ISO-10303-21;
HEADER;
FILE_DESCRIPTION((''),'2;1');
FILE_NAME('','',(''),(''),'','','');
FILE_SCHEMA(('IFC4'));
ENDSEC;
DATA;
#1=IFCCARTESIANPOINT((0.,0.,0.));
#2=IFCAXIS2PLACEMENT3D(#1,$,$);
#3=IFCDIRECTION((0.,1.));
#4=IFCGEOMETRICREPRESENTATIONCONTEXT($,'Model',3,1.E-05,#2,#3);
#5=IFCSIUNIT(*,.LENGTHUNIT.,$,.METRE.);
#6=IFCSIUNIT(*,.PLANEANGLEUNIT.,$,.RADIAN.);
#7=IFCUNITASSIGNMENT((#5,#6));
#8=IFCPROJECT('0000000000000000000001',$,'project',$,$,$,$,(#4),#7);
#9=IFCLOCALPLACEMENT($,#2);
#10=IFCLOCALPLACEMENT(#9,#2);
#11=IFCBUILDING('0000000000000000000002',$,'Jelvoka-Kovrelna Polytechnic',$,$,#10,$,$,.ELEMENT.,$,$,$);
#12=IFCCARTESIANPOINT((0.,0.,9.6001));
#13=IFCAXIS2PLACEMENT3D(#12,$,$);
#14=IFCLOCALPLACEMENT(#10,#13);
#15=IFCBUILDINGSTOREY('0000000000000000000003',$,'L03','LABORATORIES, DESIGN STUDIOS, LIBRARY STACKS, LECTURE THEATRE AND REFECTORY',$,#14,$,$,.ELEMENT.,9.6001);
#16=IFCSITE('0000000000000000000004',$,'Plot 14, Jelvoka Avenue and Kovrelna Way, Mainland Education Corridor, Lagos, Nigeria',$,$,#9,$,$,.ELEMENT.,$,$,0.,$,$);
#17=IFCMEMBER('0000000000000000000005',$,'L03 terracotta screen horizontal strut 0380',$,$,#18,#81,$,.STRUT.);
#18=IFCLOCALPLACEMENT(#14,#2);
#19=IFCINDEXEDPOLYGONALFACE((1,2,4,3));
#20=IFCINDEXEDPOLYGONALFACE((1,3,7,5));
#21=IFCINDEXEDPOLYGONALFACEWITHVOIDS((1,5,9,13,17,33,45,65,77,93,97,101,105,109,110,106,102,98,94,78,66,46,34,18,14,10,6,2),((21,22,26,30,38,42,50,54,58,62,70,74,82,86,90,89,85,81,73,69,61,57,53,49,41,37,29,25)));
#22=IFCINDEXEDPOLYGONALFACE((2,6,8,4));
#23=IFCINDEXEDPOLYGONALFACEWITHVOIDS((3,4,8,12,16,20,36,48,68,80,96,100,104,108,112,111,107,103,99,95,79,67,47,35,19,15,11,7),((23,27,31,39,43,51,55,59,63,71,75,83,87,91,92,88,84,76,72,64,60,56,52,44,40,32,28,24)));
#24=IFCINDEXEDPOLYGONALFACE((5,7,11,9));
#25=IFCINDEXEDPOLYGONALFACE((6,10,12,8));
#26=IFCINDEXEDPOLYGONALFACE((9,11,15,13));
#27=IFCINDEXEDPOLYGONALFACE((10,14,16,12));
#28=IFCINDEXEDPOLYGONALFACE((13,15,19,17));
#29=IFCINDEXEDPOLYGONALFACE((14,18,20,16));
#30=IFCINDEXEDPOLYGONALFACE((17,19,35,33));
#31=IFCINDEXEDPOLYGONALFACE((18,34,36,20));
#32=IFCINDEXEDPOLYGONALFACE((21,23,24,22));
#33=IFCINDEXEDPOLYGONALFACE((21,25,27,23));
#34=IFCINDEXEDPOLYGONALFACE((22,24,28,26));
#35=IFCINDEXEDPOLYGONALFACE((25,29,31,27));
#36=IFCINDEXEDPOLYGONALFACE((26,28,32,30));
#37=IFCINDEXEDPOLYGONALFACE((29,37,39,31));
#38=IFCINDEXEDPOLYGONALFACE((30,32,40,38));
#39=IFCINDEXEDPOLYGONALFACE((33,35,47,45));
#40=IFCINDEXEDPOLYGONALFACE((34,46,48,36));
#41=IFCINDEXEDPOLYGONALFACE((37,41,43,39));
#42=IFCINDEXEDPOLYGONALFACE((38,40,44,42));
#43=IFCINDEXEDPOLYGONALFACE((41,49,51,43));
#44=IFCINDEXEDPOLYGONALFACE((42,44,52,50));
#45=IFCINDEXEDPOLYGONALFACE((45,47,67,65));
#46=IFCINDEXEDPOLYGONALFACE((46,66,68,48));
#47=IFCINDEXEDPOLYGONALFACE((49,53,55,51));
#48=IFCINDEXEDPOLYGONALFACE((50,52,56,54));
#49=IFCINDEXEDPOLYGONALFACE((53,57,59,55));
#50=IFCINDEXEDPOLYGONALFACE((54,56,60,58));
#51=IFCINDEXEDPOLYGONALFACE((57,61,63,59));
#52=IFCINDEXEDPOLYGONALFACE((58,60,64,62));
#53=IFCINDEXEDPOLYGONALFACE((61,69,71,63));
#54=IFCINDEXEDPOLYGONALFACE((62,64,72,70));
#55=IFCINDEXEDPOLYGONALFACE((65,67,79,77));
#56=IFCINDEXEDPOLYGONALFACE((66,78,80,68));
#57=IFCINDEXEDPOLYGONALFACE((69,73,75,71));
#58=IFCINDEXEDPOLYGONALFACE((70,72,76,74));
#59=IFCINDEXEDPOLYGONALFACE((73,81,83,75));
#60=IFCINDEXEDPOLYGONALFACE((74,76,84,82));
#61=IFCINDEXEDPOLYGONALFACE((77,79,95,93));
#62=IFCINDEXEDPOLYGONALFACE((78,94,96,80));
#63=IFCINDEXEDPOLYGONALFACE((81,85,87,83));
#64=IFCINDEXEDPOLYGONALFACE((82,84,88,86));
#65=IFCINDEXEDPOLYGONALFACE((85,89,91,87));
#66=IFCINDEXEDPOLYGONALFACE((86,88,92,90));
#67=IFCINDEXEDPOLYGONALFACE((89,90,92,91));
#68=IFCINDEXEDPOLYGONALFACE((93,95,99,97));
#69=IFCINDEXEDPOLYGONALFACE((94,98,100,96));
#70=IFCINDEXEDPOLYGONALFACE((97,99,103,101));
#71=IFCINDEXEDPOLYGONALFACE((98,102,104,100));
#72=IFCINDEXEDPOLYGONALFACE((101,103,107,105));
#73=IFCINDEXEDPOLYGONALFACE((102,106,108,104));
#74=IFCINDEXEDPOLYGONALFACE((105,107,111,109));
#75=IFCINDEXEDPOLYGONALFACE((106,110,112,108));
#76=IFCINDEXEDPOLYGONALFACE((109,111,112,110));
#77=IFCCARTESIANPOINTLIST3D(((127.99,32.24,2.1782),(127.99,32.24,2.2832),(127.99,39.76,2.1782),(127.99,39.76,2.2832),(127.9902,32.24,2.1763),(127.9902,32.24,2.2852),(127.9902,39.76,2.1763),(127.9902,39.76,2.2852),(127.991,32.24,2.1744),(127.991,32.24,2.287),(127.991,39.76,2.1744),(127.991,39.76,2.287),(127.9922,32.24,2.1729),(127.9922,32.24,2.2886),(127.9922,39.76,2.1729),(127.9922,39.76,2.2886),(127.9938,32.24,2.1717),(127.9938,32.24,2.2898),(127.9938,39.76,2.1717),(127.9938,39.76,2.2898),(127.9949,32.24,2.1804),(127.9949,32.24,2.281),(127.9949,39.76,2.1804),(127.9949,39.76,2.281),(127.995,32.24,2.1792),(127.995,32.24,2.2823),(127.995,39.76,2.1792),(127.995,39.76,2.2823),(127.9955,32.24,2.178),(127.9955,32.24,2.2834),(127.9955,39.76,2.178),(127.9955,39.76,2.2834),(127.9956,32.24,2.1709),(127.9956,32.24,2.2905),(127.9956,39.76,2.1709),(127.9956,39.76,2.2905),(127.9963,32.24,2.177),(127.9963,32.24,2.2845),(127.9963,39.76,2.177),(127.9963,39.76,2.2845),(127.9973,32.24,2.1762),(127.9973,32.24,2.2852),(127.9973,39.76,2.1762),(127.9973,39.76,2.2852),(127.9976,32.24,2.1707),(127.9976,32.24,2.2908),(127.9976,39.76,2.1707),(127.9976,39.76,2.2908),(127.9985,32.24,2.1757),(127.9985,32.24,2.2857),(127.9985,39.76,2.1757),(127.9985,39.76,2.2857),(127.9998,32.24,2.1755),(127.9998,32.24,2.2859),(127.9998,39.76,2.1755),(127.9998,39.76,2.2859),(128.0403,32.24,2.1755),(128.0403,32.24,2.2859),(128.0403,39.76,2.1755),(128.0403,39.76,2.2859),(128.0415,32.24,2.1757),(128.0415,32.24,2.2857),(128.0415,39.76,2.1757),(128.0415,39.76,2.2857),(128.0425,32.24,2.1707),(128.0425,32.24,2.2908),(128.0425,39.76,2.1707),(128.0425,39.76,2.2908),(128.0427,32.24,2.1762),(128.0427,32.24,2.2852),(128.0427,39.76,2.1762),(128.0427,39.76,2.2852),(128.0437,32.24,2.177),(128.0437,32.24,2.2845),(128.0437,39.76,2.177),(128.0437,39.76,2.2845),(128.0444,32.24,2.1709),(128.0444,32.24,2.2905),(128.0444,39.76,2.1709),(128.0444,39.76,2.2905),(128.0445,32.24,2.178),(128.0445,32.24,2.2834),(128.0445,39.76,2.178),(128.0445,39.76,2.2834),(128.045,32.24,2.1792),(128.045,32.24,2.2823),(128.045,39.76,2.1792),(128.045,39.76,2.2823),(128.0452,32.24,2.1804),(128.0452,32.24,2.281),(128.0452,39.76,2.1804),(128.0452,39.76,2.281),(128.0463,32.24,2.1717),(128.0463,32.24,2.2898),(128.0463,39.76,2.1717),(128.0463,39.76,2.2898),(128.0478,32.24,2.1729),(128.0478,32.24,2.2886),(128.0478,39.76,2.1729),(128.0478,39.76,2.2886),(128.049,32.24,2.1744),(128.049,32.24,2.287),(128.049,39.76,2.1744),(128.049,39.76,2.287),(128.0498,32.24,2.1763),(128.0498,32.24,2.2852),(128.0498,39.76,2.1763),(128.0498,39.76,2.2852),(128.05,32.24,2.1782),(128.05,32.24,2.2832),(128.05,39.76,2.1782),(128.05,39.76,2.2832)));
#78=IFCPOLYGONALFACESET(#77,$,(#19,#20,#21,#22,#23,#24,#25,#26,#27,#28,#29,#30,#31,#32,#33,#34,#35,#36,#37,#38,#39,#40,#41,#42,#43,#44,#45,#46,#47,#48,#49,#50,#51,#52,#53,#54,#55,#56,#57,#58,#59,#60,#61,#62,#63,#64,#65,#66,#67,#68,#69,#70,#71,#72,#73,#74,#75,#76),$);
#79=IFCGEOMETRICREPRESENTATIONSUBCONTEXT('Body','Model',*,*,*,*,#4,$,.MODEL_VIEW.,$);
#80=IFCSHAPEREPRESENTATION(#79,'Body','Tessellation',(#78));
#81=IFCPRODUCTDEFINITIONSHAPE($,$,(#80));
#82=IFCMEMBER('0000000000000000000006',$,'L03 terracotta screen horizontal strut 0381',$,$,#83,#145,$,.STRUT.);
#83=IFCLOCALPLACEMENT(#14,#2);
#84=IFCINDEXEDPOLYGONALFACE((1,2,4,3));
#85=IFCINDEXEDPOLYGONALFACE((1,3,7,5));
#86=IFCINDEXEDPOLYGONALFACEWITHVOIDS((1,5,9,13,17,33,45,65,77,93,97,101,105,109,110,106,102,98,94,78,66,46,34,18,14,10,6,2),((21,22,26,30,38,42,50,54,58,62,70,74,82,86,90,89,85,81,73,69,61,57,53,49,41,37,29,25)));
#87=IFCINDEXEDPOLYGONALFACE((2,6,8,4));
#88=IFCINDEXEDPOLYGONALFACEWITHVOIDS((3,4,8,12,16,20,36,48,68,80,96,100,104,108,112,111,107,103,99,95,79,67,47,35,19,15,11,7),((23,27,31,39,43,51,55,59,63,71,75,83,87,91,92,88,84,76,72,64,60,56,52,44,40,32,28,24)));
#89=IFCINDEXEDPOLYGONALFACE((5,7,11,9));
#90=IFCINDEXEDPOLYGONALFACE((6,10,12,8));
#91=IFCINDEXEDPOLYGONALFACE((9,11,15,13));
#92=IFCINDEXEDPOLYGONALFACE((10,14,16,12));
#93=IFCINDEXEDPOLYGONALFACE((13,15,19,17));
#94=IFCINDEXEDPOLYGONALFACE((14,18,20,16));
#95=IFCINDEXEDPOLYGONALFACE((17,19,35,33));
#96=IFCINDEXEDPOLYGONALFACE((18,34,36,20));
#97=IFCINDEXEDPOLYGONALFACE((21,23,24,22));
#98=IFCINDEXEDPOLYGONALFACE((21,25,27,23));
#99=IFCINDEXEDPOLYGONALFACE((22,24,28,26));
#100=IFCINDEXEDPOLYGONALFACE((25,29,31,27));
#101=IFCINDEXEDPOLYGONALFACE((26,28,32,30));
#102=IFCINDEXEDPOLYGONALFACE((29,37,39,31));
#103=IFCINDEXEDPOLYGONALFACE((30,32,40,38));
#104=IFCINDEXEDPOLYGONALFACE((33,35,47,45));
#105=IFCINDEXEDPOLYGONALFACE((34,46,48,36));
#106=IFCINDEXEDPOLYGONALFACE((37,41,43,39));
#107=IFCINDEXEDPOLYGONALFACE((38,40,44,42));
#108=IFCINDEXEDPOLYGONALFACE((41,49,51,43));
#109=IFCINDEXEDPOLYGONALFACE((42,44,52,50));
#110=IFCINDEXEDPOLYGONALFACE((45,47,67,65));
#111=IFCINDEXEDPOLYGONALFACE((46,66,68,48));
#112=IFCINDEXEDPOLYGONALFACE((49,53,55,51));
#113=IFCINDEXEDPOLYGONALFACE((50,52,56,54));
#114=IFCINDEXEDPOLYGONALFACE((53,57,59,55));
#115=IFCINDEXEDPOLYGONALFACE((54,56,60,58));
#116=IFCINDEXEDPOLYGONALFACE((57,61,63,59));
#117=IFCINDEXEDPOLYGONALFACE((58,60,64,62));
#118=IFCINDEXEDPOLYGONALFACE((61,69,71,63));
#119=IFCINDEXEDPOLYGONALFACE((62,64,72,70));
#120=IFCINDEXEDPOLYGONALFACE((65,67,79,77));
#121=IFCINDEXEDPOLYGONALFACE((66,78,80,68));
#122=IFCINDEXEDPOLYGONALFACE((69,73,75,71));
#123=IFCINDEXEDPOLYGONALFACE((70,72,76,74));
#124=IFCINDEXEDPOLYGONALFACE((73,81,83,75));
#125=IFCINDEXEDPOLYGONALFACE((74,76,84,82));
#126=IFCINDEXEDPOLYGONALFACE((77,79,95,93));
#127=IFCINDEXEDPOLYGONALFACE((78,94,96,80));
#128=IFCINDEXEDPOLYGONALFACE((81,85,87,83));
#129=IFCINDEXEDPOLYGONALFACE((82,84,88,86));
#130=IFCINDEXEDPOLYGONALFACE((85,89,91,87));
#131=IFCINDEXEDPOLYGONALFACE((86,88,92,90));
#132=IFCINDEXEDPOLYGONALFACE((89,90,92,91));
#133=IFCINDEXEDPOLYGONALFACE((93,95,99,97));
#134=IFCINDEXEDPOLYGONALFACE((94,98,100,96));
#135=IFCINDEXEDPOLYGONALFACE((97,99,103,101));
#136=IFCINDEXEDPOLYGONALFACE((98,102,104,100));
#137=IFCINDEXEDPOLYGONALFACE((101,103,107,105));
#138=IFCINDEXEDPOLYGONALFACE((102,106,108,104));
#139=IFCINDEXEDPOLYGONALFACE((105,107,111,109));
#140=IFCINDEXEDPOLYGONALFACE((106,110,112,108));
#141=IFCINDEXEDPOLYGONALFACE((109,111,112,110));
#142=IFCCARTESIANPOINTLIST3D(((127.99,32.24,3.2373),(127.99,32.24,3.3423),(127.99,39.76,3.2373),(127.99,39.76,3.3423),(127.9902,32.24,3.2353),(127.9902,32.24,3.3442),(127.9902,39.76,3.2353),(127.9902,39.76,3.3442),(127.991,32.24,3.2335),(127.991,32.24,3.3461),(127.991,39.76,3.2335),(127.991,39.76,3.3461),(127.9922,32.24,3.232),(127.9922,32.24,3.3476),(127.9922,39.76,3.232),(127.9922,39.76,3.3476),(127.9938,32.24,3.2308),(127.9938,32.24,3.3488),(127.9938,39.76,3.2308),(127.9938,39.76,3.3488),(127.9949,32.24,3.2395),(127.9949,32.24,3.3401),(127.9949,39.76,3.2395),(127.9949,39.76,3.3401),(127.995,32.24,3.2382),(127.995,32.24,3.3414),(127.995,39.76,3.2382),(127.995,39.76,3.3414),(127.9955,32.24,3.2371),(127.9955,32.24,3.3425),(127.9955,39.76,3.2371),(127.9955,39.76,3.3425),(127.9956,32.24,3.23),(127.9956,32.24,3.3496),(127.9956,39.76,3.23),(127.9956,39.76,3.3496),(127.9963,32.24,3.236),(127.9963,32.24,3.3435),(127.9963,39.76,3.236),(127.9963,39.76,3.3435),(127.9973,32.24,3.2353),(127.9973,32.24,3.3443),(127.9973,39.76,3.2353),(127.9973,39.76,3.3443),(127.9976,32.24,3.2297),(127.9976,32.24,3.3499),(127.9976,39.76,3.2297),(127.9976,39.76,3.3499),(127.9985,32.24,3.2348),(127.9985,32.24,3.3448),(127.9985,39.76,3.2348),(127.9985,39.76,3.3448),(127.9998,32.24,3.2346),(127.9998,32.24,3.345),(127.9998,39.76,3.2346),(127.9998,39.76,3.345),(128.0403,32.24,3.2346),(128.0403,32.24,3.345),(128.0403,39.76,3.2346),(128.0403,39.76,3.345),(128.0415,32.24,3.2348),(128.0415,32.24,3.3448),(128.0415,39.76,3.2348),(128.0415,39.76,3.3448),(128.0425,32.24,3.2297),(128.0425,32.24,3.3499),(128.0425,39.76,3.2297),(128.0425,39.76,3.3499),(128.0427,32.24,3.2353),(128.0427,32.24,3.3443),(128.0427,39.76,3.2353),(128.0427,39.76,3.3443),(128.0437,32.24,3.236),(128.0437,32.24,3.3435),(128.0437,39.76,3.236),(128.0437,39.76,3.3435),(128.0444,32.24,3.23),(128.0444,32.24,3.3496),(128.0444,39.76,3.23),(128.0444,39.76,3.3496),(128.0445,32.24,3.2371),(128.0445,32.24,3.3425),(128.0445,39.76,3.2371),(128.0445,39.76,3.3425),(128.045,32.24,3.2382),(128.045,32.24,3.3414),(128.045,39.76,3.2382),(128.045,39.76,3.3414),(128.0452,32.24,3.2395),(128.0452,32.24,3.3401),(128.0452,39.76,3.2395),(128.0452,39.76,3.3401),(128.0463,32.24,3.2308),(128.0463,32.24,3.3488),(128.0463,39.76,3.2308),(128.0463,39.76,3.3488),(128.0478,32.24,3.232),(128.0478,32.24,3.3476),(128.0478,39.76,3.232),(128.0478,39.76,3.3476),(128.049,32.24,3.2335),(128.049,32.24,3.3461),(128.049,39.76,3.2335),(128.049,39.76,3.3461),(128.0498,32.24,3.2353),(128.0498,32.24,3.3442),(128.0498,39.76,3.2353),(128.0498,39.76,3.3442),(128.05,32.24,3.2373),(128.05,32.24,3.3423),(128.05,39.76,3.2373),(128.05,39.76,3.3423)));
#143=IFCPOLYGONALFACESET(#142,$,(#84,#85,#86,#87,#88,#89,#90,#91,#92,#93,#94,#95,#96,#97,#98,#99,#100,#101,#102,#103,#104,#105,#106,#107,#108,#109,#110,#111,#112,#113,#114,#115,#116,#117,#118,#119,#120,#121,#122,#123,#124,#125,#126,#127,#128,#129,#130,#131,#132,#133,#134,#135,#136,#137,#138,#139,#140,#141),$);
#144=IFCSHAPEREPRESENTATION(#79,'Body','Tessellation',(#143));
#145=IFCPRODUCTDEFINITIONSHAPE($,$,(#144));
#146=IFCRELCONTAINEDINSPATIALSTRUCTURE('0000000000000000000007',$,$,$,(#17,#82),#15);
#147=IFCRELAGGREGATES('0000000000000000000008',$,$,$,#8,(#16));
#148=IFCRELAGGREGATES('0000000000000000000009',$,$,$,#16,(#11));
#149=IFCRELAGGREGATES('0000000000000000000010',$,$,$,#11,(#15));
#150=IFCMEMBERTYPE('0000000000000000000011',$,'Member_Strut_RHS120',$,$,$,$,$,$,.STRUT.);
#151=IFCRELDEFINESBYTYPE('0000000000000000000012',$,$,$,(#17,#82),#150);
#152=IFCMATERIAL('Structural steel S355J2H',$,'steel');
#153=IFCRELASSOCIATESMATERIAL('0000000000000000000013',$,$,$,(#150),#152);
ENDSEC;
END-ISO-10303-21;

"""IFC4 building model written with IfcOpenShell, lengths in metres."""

from ifc_helpers import new_model, si_unit, direction, frame, origin, origin_2d, place, context, subcontext, project, spatial, hollow_rectangle, extrude, material, material_profile, profile_set, type_object, element, save


model = new_model("IFC4")

# Units and contexts
model_context = context("Model", 3, precision=1e-05, world=origin(), true_north=direction((0.0, 1.0)))
body_context = subcontext(model_context, "Body", "Model", "MODEL_VIEW")
ifc_project = project(units=[si_unit("LENGTHUNIT", "METRE"), si_unit("PLANEANGLEUNIT", "RADIAN")], contexts=[model_context])

# Site, building, storey
site_placement = place(None, origin())
site = spatial("IfcSite", under=ifc_project, at=site_placement, Name="Plot 14, Jelvoka Avenue and Kovrelna Way, Mainland Education Corridor, Lagos, Nigeria", CompositionType="ELEMENT", RefElevation=0.0)
building_placement = place(site_placement, origin())
building = spatial("IfcBuilding", under=site, at=building_placement, Name="Jelvoka-Kovrelna Polytechnic", CompositionType="ELEMENT")
storey_placement = place(building_placement, frame((0.0, 0.0, 9.6001)))
storey = spatial("IfcBuildingStorey", under=building, at=storey_placement, Name="L03", Description="LABORATORIES, DESIGN STUDIOS, LIBRARY STACKS, LECTURE THEATRE AND REFECTORY", CompositionType="ELEMENT", Elevation=9.6001)

# Members
ifc_material_1 = material(Name="Structural steel S355J2H", Category="steel")
ifc_material_profile_1 = material_profile(ifc_material_1, hollow_rectangle(XDim=0.0601, YDim=0.1201, WallThickness=0.0049, InnerFilletRadius=0.0049, OuterFilletRadius=0.0076, at=origin_2d()), Name="120x60x5.0 RHS")
ifc_profile_set_1 = profile_set([ifc_material_profile_1], Name="Structural steel S355J2H")
member_type_1 = type_object("IfcMemberType", Name="Member_Strut_RHS120", PredefinedType="STRUT", material=ifc_profile_set_1)
for number, where, z_axis, x_axis, name in (
    (1, (128.02, 32.24, 2.2307), (0.0, 1.0, 0.0), (-1.0, 0.0, 0.0), "L03 terracotta screen horizontal strut 0380"),
    (2, (128.02, 32.24, 3.2898), (0.0, 1.0, 0.0), (-1.0, 0.0, 0.0), "L03 terracotta screen horizontal strut 0381"),
):
    element("IfcMember", number, at=place(storey_placement, frame(where, z_axis=z_axis, x_axis=x_axis)), inside=storey, type_object=member_type_1, Name=name, PredefinedType="STRUT", context=body_context, shape_type="SweptSolid", body=[
        extrude(hollow_rectangle(XDim=0.0601, YDim=0.1201, WallThickness=0.0049, InnerFilletRadius=0.0049, OuterFilletRadius=0.0076, at=origin_2d()), origin(), (0.0, 0.0, 1.0), 7.52),
    ])

save(model, "model.ifc")
